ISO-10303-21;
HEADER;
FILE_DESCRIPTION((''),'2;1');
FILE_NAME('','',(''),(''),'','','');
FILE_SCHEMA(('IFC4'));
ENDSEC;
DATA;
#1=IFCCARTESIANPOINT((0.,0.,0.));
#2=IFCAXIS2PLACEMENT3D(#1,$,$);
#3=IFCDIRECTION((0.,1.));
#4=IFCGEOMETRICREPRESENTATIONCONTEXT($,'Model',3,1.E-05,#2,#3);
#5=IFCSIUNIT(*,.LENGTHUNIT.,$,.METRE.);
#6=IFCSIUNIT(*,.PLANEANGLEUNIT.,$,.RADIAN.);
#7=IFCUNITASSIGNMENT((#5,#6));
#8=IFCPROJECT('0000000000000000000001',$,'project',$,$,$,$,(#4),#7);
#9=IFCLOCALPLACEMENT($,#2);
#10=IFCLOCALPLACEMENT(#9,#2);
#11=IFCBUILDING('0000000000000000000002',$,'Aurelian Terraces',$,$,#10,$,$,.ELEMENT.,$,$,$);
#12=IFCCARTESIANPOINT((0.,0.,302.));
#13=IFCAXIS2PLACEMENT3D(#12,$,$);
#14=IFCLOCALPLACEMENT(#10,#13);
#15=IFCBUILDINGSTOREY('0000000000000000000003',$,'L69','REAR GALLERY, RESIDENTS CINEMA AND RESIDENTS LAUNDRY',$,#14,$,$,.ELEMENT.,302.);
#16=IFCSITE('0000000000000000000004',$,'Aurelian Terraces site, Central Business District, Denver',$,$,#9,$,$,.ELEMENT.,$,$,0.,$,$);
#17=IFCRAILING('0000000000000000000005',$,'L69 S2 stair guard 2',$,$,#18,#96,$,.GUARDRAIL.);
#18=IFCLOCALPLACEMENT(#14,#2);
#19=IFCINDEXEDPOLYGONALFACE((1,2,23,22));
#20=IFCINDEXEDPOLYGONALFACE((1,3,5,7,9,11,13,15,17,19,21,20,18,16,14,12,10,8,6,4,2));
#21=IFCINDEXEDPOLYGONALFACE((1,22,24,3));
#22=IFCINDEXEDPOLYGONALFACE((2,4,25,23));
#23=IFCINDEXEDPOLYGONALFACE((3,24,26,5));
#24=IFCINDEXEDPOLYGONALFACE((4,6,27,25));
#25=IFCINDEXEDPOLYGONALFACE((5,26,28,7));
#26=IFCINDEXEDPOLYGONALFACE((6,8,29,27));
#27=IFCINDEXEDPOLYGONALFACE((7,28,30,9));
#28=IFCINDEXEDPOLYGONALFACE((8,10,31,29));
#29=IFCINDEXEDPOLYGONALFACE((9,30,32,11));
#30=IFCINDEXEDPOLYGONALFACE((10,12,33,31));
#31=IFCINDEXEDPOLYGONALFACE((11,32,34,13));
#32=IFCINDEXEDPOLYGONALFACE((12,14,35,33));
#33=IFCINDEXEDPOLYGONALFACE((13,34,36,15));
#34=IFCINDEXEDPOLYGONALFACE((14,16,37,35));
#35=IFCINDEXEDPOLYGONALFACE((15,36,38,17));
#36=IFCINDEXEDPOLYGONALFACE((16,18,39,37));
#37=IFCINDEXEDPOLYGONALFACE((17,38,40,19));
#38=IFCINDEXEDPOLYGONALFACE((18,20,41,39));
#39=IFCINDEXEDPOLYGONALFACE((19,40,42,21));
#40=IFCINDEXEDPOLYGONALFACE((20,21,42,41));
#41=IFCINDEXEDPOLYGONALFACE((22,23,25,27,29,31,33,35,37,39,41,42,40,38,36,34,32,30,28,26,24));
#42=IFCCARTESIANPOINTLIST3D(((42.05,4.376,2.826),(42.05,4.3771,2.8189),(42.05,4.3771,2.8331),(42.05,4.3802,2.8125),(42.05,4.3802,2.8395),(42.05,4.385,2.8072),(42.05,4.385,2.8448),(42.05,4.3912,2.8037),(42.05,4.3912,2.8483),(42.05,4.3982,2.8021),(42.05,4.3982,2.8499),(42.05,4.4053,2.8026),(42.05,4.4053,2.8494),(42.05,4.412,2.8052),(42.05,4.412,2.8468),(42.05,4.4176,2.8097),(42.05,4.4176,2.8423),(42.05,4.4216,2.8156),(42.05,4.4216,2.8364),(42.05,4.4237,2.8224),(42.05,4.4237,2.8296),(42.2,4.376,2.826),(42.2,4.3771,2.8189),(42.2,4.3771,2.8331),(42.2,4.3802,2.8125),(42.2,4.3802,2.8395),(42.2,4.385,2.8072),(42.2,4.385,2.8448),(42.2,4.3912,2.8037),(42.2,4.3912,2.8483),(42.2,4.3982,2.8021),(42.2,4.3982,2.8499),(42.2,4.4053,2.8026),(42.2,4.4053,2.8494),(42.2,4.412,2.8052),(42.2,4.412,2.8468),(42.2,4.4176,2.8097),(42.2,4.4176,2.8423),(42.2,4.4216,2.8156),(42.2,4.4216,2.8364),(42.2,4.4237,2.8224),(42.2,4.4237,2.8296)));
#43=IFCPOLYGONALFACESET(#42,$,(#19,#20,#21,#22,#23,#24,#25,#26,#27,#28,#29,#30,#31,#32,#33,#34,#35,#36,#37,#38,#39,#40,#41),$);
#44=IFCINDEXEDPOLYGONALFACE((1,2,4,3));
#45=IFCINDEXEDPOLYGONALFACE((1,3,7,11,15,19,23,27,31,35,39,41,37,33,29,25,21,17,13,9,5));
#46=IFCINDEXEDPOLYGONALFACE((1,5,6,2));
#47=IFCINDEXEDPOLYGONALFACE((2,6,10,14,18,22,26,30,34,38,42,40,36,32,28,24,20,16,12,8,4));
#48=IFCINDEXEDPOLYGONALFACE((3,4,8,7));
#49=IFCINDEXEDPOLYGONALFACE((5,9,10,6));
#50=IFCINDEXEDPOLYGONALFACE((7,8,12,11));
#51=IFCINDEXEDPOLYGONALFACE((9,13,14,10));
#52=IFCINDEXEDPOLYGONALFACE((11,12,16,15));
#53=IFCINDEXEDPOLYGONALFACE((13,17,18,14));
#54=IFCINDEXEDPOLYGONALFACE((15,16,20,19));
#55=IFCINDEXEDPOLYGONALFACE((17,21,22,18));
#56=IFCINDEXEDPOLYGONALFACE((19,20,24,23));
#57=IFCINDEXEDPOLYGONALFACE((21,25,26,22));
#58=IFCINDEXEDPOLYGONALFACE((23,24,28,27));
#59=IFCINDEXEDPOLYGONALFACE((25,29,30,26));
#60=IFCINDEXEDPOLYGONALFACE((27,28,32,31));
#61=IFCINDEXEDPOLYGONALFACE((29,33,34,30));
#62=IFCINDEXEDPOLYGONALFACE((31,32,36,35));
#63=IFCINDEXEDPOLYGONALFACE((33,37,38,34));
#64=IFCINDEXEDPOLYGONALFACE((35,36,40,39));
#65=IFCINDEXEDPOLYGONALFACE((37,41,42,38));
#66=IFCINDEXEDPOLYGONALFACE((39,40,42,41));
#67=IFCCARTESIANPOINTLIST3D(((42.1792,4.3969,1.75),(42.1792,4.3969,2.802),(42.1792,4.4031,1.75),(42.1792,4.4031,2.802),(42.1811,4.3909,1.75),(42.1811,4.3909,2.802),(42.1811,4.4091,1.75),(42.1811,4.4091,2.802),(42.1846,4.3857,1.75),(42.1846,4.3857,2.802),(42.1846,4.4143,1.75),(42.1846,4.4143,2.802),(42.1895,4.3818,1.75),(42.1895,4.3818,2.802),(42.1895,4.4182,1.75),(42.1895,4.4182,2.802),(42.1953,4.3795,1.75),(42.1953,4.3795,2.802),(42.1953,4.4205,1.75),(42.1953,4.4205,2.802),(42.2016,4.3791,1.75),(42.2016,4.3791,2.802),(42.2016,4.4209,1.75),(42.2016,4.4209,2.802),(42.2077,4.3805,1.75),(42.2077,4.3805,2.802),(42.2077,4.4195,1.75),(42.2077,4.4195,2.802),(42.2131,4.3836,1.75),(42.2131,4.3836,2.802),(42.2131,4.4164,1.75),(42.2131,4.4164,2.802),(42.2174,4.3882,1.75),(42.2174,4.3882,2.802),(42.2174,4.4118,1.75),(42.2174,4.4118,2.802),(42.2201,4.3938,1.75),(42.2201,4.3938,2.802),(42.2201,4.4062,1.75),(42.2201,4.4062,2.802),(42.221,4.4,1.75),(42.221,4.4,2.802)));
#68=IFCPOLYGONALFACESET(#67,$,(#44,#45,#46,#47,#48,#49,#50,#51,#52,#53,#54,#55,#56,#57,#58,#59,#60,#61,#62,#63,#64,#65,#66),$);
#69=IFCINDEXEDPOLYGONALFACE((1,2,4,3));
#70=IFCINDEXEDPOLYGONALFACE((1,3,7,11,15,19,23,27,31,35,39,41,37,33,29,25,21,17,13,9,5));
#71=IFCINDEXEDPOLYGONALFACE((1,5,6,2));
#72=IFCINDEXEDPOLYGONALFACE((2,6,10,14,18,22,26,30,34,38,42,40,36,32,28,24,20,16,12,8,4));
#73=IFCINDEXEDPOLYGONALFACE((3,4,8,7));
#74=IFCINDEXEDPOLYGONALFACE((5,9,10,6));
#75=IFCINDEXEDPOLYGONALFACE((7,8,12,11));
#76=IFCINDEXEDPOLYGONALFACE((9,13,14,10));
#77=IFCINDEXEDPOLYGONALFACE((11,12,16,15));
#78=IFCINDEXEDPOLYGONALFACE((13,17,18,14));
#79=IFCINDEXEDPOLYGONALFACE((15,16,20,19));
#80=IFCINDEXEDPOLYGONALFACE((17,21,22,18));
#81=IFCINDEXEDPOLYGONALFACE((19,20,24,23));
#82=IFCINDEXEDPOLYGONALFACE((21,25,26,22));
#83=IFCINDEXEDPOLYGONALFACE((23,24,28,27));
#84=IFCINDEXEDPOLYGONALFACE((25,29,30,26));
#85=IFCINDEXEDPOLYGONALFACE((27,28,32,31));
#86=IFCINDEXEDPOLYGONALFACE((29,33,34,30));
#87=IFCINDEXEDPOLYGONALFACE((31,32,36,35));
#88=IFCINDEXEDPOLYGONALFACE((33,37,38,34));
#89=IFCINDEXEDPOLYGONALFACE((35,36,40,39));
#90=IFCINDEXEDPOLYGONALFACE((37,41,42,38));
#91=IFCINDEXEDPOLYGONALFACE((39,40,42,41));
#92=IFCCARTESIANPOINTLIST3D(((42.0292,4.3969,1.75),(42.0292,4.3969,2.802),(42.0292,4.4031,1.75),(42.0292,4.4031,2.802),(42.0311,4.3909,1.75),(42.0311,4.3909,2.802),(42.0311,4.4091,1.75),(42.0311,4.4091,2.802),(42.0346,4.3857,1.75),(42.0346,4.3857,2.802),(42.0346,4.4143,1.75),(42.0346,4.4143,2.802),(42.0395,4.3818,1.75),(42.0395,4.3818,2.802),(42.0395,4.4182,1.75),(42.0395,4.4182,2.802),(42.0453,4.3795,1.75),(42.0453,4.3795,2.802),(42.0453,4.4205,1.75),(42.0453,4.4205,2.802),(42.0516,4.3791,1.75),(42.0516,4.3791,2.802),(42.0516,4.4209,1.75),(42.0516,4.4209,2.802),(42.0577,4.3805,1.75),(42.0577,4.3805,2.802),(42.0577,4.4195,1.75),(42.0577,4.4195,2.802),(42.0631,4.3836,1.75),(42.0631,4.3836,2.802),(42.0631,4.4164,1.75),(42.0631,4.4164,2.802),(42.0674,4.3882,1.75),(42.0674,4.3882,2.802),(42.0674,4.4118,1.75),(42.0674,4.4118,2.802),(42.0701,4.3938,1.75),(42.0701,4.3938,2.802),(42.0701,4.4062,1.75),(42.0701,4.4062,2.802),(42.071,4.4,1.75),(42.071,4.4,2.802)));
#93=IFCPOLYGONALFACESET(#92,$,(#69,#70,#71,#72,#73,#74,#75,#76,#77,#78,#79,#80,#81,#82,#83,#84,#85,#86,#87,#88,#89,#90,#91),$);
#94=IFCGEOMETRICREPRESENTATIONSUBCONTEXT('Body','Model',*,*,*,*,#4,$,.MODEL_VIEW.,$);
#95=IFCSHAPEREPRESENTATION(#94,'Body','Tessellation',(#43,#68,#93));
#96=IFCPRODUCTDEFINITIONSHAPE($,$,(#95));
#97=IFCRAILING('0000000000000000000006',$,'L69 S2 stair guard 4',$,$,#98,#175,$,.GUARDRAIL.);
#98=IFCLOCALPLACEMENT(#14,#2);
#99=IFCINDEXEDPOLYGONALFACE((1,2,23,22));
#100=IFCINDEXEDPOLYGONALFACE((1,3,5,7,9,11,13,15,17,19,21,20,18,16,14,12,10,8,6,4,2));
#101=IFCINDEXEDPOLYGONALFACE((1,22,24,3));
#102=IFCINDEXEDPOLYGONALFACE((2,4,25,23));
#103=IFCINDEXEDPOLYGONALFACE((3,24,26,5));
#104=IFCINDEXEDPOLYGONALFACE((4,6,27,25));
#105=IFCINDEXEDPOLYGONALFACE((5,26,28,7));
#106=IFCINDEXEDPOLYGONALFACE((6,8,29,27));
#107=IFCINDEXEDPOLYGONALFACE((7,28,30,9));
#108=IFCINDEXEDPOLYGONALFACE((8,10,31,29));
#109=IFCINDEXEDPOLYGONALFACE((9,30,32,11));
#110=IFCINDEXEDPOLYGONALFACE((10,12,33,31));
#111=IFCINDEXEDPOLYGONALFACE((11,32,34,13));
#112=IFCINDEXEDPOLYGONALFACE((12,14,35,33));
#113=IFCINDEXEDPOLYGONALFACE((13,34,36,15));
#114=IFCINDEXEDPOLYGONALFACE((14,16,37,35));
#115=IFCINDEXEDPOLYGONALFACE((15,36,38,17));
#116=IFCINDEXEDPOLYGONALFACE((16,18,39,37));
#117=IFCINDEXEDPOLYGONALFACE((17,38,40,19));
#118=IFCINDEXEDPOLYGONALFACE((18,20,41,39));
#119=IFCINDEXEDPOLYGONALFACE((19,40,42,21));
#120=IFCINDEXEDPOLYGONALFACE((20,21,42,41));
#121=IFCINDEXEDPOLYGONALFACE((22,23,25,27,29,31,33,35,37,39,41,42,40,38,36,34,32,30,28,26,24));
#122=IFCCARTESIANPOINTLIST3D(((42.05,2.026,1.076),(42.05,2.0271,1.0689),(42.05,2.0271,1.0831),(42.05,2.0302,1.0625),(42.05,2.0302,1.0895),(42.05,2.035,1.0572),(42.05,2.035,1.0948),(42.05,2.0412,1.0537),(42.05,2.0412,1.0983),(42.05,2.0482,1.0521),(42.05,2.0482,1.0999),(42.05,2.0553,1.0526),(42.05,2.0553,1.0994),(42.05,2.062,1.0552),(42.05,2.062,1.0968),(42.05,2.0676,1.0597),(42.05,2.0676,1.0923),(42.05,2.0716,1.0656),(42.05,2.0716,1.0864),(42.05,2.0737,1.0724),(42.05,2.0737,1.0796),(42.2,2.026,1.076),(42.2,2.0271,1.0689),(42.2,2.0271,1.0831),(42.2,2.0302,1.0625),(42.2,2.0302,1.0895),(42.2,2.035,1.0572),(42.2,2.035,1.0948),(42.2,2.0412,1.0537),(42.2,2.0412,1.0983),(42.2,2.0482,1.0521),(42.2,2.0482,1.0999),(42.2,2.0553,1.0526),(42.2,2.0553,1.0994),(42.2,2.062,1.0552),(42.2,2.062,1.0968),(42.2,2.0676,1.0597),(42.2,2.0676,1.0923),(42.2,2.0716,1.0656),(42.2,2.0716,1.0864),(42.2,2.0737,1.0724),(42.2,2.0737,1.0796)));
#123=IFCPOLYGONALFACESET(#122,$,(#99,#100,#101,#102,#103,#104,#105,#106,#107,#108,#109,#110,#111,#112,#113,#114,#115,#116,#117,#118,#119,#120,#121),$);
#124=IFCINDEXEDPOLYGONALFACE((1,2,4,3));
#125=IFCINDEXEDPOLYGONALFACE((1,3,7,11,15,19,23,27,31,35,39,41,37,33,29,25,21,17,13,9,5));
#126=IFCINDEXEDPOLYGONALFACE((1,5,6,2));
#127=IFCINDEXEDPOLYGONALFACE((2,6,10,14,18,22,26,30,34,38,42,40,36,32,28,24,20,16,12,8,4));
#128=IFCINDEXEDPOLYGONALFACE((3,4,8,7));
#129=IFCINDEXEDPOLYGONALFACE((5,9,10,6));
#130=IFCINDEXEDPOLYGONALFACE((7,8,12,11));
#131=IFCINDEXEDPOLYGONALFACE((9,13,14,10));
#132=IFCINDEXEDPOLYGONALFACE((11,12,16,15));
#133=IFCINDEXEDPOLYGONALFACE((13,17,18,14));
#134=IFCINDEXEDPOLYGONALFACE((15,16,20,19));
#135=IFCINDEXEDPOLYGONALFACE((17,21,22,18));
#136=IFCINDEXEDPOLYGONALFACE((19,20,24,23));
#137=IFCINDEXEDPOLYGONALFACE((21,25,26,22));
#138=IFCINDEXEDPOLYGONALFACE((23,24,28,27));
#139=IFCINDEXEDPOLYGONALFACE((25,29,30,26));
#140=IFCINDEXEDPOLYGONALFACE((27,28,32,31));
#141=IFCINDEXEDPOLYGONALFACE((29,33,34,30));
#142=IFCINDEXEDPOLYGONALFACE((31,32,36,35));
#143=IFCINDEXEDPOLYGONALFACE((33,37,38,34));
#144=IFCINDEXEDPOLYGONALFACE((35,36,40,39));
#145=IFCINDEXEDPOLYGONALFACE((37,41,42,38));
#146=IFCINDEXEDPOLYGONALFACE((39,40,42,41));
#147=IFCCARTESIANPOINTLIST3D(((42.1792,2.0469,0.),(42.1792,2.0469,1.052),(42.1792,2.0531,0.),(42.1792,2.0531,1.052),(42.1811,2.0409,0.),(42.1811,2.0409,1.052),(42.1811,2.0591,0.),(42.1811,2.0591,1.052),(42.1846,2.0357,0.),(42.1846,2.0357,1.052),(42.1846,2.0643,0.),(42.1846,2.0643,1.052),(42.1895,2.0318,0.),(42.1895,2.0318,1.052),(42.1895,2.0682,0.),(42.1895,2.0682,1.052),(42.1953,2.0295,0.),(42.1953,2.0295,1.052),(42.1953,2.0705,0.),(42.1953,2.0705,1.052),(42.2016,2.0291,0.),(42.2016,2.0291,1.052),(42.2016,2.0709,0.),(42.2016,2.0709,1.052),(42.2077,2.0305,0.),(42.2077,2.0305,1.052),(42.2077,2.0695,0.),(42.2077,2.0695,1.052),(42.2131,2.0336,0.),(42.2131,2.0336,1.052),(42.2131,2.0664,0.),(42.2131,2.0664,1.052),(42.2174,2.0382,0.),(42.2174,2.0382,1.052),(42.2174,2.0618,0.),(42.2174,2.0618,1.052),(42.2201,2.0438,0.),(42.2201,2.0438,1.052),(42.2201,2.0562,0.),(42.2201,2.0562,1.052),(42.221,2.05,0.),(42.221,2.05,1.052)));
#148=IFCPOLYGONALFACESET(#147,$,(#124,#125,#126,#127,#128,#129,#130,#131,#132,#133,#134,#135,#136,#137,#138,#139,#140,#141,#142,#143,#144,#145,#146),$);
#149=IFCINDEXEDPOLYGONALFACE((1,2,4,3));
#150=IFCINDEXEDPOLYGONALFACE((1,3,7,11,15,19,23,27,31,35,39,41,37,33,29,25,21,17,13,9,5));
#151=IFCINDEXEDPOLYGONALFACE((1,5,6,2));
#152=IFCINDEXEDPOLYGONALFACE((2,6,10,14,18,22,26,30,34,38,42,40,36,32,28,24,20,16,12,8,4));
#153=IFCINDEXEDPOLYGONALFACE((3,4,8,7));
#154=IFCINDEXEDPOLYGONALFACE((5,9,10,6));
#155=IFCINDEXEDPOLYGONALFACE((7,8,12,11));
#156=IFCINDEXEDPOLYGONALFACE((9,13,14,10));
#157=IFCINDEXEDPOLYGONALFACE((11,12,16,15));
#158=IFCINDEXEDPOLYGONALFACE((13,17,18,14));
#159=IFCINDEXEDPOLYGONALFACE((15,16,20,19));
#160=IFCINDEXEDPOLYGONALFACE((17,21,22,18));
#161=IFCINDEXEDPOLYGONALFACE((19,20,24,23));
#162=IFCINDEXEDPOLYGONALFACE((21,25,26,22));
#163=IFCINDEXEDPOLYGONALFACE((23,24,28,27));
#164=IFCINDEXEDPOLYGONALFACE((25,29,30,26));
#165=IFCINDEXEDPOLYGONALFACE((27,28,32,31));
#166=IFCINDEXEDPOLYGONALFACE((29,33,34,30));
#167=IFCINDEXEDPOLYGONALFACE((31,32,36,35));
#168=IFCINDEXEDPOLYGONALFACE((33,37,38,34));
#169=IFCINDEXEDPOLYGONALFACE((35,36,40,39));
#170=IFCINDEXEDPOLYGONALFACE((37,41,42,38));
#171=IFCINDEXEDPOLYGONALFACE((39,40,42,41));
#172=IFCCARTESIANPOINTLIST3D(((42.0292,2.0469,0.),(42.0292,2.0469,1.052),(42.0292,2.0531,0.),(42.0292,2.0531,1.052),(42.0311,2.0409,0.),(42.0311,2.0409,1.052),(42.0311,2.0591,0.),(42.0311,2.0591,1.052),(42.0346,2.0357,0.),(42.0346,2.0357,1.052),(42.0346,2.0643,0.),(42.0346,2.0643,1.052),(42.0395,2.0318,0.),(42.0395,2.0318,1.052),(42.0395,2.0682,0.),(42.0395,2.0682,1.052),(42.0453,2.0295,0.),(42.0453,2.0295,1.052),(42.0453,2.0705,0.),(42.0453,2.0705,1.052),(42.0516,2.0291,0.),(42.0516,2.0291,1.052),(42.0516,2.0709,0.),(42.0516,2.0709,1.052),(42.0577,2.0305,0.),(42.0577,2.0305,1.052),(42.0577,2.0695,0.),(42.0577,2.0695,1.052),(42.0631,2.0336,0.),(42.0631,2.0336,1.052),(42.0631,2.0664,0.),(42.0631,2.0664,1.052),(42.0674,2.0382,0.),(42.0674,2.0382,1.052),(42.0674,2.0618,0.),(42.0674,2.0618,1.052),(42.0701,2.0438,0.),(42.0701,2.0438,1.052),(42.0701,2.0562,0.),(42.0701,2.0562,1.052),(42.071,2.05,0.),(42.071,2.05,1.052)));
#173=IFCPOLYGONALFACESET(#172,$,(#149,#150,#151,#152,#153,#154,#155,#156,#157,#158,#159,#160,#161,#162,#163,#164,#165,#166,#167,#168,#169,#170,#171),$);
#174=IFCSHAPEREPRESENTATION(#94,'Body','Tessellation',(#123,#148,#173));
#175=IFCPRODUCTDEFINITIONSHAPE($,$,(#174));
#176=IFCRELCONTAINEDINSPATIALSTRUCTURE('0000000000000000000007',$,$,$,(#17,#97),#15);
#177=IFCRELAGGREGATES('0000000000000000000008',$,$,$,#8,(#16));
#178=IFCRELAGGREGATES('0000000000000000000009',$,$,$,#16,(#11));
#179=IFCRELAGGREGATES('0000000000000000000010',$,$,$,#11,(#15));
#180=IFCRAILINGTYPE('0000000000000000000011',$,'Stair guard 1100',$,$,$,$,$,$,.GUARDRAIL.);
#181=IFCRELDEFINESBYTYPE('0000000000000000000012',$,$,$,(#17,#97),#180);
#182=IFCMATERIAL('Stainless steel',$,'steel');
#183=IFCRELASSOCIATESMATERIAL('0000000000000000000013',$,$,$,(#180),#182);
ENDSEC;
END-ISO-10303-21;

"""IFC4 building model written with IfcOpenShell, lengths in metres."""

from ifc_helpers import new_model, si_unit, direction, frame, origin, origin_2d, place, context, subcontext, project, spatial, circle, extrude, source, transform, mapped, material, type_object, element, save


model = new_model("IFC4")

# Units and contexts
model_context = context("Model", 3, precision=1e-05, world=origin(), true_north=direction((0.0, 1.0)))
body_context = subcontext(model_context, "Body", "Model", "MODEL_VIEW")
ifc_project = project(units=[si_unit("LENGTHUNIT", "METRE"), si_unit("PLANEANGLEUNIT", "RADIAN")], contexts=[model_context])

# Site, building, storey
site_placement = place(None, origin())
site = spatial("IfcSite", under=ifc_project, at=site_placement, Name="Aurelian Terraces site, Central Business District, Denver", CompositionType="ELEMENT", RefElevation=0.0)
building_placement = place(site_placement, origin())
building = spatial("IfcBuilding", under=site, at=building_placement, Name="Aurelian Terraces", CompositionType="ELEMENT")
storey_placement = place(building_placement, frame((0.0, 0.0, 302.0)))
storey = spatial("IfcBuildingStorey", under=building, at=storey_placement, Name="L69", Description="REAR GALLERY, RESIDENTS CINEMA AND RESIDENTS LAUNDRY", CompositionType="ELEMENT", Elevation=302.0)

# Railings
ifc_material_1 = material(Name="Stainless steel", Category="steel")
railing_type_1 = type_object("IfcRailingType", Name="Stair guard 1100", PredefinedType="GUARDRAIL", material=ifc_material_1)
shared_shape_1 = source(origin(), body_context, "Body", "SweptSolid", [
    extrude(circle(Radius=0.024, at=origin_2d()), frame((0.0, 0.0, 1.076), z_axis=(-1.0, 0.0, 0.0), x_axis=(0.0, -1.0, 0.0)), (0.0, 0.0, 1.0), 0.15),
    extrude(circle(Radius=0.021, at=origin_2d()), origin(), (0.0, 0.0, 1.0), 1.052),
    extrude(circle(Radius=0.021, at=origin_2d()), frame((-0.15, 0.0, 0.0)), (0.0, 0.0, 1.0), 1.052),
])
for number, where, name in (
    (1, (42.2, 4.4, 1.75), "L69 S2 stair guard 2"),
    (2, (42.2, 2.05, 0.0), "L69 S2 stair guard 4"),
):
    element("IfcRailing", number, at=place(storey_placement, frame(where)), inside=storey, type_object=railing_type_1, Name=name, PredefinedType="GUARDRAIL", context=body_context, shape_type="MappedRepresentation", body=[
        mapped(shared_shape_1, transform((0.0, 0.0, 0.0), scale=1.0)),
    ])

save(model, "model.ifc")
